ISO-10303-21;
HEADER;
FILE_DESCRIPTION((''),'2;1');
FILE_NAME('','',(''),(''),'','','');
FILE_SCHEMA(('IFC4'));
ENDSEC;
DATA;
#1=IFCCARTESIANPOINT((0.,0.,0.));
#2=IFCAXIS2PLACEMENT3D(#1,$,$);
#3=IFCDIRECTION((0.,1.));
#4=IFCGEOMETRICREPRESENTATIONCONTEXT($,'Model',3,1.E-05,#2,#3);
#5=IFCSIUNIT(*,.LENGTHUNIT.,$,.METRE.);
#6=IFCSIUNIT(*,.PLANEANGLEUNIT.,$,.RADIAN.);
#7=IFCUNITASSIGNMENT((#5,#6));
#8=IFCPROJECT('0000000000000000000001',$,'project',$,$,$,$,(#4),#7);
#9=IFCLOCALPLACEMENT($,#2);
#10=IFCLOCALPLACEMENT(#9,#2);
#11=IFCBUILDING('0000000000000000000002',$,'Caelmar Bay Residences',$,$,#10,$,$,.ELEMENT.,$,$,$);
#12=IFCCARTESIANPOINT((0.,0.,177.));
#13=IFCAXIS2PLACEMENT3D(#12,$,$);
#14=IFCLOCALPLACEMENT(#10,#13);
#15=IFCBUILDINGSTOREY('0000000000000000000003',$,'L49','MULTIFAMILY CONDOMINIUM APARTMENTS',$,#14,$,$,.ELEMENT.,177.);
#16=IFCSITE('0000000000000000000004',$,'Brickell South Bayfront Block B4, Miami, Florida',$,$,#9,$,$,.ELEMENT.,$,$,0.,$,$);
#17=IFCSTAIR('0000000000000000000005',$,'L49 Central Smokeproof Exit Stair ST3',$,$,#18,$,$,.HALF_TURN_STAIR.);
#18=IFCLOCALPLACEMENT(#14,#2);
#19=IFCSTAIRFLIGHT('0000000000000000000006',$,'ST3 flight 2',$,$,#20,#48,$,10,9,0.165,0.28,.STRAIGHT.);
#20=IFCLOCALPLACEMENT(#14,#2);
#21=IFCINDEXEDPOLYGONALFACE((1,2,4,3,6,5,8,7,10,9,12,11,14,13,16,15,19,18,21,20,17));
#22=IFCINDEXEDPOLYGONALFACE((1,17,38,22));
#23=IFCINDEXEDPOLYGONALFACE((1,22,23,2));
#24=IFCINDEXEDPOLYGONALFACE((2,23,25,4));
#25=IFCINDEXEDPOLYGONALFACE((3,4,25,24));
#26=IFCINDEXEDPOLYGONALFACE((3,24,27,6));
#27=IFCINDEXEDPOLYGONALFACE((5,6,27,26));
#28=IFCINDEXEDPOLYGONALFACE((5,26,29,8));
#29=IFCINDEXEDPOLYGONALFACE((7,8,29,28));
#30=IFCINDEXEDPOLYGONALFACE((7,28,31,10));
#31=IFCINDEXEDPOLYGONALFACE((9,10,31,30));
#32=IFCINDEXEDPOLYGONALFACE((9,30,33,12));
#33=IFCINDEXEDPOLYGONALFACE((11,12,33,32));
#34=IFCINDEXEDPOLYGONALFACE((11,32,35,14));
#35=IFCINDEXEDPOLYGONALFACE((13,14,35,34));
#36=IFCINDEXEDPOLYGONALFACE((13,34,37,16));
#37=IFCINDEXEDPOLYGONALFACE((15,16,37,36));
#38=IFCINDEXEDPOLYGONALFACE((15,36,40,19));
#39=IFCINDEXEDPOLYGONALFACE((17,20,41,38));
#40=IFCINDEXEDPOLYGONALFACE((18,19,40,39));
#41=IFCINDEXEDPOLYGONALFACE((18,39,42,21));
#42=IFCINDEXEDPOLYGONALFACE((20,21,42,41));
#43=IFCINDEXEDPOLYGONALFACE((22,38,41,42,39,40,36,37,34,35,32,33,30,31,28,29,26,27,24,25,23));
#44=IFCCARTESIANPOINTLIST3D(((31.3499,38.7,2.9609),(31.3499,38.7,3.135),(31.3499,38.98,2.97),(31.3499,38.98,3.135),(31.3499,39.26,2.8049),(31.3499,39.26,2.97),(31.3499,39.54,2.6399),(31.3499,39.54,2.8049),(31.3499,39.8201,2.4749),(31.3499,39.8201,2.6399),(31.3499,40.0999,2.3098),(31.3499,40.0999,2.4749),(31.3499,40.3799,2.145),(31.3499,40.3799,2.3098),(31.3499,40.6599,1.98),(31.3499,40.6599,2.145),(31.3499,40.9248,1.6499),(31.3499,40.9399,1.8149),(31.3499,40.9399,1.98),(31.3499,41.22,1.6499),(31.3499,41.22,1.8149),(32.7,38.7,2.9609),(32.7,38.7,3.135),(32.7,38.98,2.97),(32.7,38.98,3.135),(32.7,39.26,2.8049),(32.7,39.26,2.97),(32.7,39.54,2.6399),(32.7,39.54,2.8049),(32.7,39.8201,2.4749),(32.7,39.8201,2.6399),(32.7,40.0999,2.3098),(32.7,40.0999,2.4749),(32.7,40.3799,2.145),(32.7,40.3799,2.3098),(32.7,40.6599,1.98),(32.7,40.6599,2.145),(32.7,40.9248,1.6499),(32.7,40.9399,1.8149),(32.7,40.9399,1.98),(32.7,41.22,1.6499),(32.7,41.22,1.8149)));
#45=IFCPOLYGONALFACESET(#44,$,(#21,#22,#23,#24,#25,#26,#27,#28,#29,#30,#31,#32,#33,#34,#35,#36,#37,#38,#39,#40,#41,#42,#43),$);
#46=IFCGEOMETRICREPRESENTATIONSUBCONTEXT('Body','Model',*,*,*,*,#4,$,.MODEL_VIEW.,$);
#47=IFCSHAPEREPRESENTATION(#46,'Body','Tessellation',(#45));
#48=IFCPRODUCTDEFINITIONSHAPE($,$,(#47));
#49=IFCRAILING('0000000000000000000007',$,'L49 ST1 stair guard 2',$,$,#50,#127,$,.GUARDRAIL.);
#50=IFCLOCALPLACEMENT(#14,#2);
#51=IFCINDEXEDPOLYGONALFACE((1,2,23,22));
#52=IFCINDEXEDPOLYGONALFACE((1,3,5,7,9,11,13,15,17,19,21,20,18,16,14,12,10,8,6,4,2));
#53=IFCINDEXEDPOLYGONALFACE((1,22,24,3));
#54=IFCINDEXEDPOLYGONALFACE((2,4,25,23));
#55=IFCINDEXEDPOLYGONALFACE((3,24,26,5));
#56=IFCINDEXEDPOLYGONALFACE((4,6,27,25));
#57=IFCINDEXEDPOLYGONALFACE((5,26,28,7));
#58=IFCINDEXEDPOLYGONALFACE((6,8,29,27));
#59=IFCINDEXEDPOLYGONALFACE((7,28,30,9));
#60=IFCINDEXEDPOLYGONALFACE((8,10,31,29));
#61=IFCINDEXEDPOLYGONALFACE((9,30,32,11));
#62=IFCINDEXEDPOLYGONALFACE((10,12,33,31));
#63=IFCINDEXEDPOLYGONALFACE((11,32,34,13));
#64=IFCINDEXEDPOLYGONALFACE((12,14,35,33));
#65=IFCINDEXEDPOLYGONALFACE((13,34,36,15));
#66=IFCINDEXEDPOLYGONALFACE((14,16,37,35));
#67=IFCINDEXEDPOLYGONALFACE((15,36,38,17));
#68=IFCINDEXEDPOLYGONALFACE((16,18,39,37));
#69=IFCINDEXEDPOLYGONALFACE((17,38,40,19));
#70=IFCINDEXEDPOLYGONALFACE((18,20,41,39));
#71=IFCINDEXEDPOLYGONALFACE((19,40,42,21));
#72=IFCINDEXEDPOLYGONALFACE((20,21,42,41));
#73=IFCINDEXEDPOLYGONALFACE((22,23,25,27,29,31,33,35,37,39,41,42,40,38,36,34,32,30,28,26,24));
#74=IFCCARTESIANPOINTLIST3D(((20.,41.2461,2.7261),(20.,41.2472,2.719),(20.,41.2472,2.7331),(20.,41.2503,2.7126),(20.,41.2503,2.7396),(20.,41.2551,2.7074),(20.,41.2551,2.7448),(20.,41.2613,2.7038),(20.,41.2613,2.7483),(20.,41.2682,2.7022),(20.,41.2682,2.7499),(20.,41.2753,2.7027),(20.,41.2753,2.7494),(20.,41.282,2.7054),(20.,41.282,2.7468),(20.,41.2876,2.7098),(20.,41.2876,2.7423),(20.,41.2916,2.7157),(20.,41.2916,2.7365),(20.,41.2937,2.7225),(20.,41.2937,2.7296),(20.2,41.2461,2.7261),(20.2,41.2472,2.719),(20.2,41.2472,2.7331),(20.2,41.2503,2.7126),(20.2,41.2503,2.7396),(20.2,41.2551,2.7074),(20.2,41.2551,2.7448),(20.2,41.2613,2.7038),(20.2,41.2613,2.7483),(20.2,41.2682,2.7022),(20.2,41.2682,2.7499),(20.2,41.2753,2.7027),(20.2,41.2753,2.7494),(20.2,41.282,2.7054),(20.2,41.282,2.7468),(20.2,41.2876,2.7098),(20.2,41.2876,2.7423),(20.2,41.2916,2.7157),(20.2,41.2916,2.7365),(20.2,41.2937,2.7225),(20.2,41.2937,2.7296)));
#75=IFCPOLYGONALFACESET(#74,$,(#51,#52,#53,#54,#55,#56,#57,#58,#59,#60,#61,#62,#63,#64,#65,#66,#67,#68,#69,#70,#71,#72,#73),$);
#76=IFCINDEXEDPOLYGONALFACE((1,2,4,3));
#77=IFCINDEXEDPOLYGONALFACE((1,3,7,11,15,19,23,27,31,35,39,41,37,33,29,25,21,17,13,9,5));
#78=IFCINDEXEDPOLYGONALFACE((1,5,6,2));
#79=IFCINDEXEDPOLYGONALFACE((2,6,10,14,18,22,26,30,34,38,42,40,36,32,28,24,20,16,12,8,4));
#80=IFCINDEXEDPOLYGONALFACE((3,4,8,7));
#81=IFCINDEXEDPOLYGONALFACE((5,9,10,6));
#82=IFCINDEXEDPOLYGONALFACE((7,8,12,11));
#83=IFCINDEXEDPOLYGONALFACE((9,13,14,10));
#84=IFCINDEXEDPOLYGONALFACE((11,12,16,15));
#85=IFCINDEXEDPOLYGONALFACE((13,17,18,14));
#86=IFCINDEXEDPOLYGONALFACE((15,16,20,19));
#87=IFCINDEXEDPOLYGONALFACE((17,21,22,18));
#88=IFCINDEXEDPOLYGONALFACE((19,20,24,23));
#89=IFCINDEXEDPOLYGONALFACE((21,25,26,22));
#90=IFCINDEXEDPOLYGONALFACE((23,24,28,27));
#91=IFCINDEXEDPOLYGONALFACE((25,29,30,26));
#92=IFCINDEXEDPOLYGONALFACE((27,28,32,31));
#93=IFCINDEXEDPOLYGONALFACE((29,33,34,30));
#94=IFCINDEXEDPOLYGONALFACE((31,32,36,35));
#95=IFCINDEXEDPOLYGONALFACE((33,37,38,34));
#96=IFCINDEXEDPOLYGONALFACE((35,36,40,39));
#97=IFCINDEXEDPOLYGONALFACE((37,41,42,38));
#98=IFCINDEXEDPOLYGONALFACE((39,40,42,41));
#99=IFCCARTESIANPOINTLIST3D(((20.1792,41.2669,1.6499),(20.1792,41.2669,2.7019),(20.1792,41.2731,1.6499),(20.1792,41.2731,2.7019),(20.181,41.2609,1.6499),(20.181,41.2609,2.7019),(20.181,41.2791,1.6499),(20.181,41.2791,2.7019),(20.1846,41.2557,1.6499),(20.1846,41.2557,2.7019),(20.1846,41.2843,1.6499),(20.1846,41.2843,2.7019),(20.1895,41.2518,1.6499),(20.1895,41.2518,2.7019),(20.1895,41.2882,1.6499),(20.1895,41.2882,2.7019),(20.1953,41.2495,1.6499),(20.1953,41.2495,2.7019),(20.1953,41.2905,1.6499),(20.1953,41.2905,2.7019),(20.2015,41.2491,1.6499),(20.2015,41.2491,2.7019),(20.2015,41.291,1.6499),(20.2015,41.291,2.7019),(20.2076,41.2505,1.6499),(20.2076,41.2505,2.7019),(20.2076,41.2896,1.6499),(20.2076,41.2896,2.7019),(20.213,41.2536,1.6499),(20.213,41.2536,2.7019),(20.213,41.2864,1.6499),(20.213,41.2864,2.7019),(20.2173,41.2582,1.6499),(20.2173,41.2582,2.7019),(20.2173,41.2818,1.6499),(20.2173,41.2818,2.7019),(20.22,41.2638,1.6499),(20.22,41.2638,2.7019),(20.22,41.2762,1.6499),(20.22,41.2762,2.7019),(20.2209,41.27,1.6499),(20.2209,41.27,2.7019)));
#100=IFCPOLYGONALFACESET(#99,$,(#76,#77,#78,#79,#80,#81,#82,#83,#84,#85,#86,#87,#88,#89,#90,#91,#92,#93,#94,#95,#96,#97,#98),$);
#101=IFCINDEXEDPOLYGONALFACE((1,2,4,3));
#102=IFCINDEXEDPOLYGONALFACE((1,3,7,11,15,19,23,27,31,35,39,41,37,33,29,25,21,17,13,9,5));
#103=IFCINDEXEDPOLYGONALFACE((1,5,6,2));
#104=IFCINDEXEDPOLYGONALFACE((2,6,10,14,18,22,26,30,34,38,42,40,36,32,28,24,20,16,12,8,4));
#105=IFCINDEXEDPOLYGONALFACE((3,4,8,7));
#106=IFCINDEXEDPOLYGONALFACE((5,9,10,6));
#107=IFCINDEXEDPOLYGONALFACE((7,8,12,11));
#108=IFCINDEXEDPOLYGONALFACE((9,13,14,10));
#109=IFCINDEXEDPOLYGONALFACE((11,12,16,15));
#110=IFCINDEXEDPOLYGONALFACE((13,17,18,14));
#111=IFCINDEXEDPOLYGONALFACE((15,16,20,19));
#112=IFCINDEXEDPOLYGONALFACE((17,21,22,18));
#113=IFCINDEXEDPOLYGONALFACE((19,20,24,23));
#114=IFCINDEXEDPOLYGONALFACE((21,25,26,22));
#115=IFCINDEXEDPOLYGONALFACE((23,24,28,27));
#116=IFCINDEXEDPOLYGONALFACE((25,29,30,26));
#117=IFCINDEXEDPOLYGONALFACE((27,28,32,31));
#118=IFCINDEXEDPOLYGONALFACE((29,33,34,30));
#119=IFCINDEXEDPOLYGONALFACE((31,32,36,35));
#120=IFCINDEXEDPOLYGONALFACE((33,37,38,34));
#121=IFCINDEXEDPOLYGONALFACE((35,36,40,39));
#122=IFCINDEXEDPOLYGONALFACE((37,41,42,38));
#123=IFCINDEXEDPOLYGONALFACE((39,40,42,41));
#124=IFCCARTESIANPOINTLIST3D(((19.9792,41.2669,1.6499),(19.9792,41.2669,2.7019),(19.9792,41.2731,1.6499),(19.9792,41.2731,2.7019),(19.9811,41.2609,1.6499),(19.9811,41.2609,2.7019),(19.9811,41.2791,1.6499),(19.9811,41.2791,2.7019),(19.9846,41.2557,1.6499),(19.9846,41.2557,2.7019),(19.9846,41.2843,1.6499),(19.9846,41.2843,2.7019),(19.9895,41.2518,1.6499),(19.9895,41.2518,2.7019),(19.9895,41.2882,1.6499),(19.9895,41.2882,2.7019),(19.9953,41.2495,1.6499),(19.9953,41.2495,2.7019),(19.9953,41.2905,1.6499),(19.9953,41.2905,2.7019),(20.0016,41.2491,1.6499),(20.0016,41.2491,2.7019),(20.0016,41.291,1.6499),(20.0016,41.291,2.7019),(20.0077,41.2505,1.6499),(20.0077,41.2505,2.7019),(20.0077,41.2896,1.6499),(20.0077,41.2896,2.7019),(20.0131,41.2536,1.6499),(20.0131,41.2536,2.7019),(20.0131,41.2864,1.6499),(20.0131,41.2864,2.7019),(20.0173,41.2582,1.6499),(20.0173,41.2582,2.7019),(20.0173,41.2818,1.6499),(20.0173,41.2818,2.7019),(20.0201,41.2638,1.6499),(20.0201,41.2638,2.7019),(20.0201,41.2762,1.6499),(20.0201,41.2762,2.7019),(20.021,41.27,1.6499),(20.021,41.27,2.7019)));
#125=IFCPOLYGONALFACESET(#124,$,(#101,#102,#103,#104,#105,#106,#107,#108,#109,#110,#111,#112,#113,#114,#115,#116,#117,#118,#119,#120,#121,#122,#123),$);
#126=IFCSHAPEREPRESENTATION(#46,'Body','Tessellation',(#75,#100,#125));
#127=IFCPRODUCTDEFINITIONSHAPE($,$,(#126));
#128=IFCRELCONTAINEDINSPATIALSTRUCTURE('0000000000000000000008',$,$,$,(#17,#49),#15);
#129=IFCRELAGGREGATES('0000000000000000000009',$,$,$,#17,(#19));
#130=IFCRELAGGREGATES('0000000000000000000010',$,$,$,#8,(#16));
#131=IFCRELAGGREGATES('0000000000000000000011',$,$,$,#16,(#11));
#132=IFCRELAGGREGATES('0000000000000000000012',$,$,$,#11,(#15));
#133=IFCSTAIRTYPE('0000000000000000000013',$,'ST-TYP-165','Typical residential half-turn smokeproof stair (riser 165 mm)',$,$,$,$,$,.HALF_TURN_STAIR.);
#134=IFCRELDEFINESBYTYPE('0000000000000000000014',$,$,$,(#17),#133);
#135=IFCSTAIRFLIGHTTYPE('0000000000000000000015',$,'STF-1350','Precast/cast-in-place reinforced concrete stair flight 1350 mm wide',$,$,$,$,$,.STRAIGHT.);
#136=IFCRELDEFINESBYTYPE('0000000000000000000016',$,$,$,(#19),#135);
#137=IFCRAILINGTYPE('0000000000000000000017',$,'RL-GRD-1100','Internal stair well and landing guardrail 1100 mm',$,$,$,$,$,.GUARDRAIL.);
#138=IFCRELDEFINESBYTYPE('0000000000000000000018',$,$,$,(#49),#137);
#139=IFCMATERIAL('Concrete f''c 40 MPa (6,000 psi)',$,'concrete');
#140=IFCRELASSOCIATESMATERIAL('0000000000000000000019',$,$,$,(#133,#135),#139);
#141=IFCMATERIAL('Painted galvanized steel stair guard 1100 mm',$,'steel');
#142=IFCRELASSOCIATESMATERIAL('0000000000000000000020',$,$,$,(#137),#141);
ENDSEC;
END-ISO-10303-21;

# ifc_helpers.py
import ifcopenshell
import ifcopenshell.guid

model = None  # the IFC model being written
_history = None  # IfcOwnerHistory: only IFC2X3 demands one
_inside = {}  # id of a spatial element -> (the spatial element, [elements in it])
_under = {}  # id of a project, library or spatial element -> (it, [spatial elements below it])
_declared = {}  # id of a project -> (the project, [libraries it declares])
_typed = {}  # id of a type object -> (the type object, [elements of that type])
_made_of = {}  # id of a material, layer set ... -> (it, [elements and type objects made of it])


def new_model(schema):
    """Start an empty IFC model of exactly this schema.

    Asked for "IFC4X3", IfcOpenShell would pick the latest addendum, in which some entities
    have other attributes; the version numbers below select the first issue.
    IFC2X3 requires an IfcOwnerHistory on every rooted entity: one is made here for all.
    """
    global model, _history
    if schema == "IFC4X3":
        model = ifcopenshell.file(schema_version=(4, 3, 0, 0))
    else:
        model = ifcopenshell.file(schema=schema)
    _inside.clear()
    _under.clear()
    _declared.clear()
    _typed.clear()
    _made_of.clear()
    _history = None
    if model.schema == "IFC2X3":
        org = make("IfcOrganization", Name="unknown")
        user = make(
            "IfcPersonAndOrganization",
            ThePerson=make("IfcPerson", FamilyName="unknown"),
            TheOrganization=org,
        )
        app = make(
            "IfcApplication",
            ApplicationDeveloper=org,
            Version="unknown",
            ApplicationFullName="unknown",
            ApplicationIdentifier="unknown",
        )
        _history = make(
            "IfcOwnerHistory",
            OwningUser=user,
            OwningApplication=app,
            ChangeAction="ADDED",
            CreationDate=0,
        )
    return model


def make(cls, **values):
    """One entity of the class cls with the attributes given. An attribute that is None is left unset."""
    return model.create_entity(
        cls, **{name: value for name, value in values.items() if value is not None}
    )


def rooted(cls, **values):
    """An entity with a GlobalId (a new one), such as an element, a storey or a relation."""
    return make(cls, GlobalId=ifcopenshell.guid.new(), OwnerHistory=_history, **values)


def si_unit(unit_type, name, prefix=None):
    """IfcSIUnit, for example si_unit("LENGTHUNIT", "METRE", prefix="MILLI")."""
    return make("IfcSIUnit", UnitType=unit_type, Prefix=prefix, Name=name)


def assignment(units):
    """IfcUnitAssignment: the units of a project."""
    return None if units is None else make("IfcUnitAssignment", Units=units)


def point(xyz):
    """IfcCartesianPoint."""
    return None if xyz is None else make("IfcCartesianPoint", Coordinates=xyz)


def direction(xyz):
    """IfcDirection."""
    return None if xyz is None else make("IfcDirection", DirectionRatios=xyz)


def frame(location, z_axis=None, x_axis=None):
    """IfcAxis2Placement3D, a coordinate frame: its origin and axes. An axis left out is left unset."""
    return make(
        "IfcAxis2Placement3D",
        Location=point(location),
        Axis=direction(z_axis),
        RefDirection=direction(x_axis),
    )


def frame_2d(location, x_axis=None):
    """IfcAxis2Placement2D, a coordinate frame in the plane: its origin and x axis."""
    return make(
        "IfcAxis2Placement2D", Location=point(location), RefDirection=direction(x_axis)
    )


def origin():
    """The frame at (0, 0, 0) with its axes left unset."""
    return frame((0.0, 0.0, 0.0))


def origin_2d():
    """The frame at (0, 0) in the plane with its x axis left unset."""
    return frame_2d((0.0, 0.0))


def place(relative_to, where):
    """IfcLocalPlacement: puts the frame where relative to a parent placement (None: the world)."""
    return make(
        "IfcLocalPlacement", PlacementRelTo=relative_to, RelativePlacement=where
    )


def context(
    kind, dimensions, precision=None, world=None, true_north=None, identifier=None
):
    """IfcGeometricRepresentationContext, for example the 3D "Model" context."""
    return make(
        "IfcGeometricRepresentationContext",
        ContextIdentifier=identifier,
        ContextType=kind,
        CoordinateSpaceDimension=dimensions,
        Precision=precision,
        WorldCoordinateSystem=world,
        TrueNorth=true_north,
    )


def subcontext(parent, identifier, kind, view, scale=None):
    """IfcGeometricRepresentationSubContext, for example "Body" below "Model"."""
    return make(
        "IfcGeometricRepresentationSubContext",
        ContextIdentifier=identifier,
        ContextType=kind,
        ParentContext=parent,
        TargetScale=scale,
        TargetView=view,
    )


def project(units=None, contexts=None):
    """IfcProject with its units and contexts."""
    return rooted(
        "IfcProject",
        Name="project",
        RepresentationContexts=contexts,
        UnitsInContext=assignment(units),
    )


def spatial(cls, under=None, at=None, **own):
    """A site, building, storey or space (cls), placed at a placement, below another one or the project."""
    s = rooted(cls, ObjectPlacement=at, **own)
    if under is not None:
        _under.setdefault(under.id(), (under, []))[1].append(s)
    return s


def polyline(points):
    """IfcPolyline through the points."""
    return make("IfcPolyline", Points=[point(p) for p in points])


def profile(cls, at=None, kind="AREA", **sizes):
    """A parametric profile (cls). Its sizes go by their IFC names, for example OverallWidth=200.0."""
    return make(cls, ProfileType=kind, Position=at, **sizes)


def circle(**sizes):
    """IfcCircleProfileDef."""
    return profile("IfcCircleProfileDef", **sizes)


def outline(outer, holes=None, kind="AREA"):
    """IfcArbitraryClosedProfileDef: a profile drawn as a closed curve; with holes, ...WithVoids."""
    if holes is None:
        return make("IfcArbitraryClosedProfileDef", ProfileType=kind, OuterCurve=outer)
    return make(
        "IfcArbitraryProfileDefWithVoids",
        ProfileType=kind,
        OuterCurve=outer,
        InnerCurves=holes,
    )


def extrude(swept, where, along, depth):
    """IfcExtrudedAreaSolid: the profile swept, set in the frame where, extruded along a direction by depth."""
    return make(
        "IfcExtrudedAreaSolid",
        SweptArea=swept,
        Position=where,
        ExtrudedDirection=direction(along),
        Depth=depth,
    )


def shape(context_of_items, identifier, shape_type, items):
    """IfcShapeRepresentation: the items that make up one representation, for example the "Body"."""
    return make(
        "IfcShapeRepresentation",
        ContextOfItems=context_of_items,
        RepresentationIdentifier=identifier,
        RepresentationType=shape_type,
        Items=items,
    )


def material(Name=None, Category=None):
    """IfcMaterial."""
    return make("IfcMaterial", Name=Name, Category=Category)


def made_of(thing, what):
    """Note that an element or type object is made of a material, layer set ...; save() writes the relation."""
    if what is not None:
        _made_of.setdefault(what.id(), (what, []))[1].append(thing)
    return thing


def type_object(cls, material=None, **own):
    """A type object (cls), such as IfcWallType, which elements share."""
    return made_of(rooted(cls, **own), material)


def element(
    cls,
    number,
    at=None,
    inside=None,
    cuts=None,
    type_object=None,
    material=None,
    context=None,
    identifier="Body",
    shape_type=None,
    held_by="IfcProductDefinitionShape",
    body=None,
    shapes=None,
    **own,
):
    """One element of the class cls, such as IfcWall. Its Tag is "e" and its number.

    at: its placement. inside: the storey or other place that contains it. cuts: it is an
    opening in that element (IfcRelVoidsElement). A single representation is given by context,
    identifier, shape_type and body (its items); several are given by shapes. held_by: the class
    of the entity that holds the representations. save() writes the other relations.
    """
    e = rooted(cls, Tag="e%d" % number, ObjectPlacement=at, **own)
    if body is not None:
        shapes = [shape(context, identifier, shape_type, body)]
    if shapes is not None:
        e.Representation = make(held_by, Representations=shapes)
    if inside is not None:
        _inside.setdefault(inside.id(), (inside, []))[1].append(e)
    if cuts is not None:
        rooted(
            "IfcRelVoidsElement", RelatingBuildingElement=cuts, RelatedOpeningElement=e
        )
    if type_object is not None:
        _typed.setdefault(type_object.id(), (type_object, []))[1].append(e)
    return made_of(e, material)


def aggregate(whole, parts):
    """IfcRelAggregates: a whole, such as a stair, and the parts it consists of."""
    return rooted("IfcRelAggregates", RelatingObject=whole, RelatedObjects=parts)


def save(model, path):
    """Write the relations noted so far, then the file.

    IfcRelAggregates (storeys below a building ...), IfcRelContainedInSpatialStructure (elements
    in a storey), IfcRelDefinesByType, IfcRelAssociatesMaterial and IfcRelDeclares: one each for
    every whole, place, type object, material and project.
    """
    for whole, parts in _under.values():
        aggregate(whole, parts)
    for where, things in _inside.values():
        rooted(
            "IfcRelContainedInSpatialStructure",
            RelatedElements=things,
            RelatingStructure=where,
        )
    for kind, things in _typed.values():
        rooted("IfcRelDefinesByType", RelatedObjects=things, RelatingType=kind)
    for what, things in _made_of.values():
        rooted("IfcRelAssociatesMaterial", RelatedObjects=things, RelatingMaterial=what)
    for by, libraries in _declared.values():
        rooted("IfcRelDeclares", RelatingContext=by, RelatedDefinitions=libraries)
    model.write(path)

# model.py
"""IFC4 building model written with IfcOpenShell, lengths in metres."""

from ifc_helpers import new_model, si_unit, direction, frame, origin, origin_2d, place, context, subcontext, project, spatial, polyline, circle, outline, extrude, material, type_object, element, aggregate, save


model = new_model("IFC4")

# Units and contexts
model_context = context("Model", 3, precision=1e-05, world=origin(), true_north=direction((0.0, 1.0)))
body_context = subcontext(model_context, "Body", "Model", "MODEL_VIEW")
ifc_project = project(units=[si_unit("LENGTHUNIT", "METRE"), si_unit("PLANEANGLEUNIT", "RADIAN")], contexts=[model_context])

# Site, building, storey
site_placement = place(None, origin())
site = spatial("IfcSite", under=ifc_project, at=site_placement, Name="Brickell South Bayfront Block B4, Miami, Florida", CompositionType="ELEMENT", RefElevation=0.0)
building_placement = place(site_placement, origin())
building = spatial("IfcBuilding", under=site, at=building_placement, Name="Caelmar Bay Residences", CompositionType="ELEMENT")
storey_placement = place(building_placement, frame((0.0, 0.0, 177.0)))
storey = spatial("IfcBuildingStorey", under=building, at=storey_placement, Name="L49", Description="MULTIFAMILY CONDOMINIUM APARTMENTS", CompositionType="ELEMENT", Elevation=177.0)

# Stair, stair flight
ifc_material_1 = material(Name="Concrete f'c 40 MPa (6,000 psi)", Category="concrete")
stair_type = type_object("IfcStairType", Name="ST-TYP-165", Description="Typical residential half-turn smokeproof stair (riser 165 mm)", PredefinedType="HALF_TURN_STAIR", material=ifc_material_1)
stair_flight_type = type_object("IfcStairFlightType", Name="STF-1350", Description="Precast/cast-in-place reinforced concrete stair flight 1350 mm wide", PredefinedType="STRAIGHT", material=ifc_material_1)
stair_1_placement = place(storey_placement, origin())
stair_1 = element("IfcStair", 1, at=stair_1_placement, inside=storey, type_object=stair_type, Name="L49 Central Smokeproof Exit Stair ST3", PredefinedType="HALF_TURN_STAIR")
stair_flight_1_placement = place(storey_placement, frame((32.0249, 41.22, 1.6499), z_axis=(0.0, 0.0, 1.0), x_axis=(0.0, -1.0, 0.0)))
stair_flight_1 = element("IfcStairFlight", 2, at=stair_flight_1_placement, type_object=stair_flight_type, Name="ST3 flight 2", NumberOfRisers=10, NumberOfTreads=9, PredefinedType="STRAIGHT", RiserHeight=0.165, TreadLength=0.28, context=body_context, shape_type="SweptSolid", body=[
    extrude(outline(polyline([(0.0, 0.0), (0.0, 0.165), (0.28, 0.165), (0.28, 0.3301), (0.5601, 0.3301), (0.5601, 0.4951), (0.8401, 0.4951), (0.8401, 0.6599), (1.1201, 0.6599), (1.1201, 0.825), (1.3999, 0.825), (1.3999, 0.99), (1.6799, 0.99), (1.6799, 1.155), (1.96, 1.155), (1.96, 1.3201), (2.24, 1.3201), (2.24, 1.4851), (2.52, 1.4851), (2.52, 1.6499), (2.52, 1.311), (0.2952, 0.0), (0.0, 0.0)])), frame((0.0, 0.675, 0.0), z_axis=(0.0, -1.0, 0.0), x_axis=(1.0, 0.0, 0.0)), (0.0, 0.0, 1.0), 1.3501),
])
aggregate(stair_1, [stair_flight_1])

# Railing
ifc_material_2 = material(Name="Painted galvanized steel stair guard 1100 mm", Category="steel")
railing_type_1 = type_object("IfcRailingType", Name="RL-GRD-1100", Description="Internal stair well and landing guardrail 1100 mm", PredefinedType="GUARDRAIL", material=ifc_material_2)
railing_1_placement = place(storey_placement, frame((20.2, 41.27, 1.6499)))
element("IfcRailing", 3, at=railing_1_placement, inside=storey, type_object=railing_type_1, Name="L49 ST1 stair guard 2", PredefinedType="GUARDRAIL", context=body_context, shape_type="SweptSolid", body=[
    extrude(circle(Radius=0.0239, at=origin_2d()), frame((0.0, 0.0, 1.0762), z_axis=(-1.0, 0.0, 0.0), x_axis=(0.0, -1.0, 0.0)), (0.0, 0.0, 1.0), 0.2),
    extrude(circle(Radius=0.021, at=origin_2d()), origin(), (0.0, 0.0, 1.0), 1.052),
    extrude(circle(Radius=0.021, at=origin_2d()), frame((-0.2, 0.0, 0.0)), (0.0, 0.0, 1.0), 1.052),
])

save(model, "model.ifc")
